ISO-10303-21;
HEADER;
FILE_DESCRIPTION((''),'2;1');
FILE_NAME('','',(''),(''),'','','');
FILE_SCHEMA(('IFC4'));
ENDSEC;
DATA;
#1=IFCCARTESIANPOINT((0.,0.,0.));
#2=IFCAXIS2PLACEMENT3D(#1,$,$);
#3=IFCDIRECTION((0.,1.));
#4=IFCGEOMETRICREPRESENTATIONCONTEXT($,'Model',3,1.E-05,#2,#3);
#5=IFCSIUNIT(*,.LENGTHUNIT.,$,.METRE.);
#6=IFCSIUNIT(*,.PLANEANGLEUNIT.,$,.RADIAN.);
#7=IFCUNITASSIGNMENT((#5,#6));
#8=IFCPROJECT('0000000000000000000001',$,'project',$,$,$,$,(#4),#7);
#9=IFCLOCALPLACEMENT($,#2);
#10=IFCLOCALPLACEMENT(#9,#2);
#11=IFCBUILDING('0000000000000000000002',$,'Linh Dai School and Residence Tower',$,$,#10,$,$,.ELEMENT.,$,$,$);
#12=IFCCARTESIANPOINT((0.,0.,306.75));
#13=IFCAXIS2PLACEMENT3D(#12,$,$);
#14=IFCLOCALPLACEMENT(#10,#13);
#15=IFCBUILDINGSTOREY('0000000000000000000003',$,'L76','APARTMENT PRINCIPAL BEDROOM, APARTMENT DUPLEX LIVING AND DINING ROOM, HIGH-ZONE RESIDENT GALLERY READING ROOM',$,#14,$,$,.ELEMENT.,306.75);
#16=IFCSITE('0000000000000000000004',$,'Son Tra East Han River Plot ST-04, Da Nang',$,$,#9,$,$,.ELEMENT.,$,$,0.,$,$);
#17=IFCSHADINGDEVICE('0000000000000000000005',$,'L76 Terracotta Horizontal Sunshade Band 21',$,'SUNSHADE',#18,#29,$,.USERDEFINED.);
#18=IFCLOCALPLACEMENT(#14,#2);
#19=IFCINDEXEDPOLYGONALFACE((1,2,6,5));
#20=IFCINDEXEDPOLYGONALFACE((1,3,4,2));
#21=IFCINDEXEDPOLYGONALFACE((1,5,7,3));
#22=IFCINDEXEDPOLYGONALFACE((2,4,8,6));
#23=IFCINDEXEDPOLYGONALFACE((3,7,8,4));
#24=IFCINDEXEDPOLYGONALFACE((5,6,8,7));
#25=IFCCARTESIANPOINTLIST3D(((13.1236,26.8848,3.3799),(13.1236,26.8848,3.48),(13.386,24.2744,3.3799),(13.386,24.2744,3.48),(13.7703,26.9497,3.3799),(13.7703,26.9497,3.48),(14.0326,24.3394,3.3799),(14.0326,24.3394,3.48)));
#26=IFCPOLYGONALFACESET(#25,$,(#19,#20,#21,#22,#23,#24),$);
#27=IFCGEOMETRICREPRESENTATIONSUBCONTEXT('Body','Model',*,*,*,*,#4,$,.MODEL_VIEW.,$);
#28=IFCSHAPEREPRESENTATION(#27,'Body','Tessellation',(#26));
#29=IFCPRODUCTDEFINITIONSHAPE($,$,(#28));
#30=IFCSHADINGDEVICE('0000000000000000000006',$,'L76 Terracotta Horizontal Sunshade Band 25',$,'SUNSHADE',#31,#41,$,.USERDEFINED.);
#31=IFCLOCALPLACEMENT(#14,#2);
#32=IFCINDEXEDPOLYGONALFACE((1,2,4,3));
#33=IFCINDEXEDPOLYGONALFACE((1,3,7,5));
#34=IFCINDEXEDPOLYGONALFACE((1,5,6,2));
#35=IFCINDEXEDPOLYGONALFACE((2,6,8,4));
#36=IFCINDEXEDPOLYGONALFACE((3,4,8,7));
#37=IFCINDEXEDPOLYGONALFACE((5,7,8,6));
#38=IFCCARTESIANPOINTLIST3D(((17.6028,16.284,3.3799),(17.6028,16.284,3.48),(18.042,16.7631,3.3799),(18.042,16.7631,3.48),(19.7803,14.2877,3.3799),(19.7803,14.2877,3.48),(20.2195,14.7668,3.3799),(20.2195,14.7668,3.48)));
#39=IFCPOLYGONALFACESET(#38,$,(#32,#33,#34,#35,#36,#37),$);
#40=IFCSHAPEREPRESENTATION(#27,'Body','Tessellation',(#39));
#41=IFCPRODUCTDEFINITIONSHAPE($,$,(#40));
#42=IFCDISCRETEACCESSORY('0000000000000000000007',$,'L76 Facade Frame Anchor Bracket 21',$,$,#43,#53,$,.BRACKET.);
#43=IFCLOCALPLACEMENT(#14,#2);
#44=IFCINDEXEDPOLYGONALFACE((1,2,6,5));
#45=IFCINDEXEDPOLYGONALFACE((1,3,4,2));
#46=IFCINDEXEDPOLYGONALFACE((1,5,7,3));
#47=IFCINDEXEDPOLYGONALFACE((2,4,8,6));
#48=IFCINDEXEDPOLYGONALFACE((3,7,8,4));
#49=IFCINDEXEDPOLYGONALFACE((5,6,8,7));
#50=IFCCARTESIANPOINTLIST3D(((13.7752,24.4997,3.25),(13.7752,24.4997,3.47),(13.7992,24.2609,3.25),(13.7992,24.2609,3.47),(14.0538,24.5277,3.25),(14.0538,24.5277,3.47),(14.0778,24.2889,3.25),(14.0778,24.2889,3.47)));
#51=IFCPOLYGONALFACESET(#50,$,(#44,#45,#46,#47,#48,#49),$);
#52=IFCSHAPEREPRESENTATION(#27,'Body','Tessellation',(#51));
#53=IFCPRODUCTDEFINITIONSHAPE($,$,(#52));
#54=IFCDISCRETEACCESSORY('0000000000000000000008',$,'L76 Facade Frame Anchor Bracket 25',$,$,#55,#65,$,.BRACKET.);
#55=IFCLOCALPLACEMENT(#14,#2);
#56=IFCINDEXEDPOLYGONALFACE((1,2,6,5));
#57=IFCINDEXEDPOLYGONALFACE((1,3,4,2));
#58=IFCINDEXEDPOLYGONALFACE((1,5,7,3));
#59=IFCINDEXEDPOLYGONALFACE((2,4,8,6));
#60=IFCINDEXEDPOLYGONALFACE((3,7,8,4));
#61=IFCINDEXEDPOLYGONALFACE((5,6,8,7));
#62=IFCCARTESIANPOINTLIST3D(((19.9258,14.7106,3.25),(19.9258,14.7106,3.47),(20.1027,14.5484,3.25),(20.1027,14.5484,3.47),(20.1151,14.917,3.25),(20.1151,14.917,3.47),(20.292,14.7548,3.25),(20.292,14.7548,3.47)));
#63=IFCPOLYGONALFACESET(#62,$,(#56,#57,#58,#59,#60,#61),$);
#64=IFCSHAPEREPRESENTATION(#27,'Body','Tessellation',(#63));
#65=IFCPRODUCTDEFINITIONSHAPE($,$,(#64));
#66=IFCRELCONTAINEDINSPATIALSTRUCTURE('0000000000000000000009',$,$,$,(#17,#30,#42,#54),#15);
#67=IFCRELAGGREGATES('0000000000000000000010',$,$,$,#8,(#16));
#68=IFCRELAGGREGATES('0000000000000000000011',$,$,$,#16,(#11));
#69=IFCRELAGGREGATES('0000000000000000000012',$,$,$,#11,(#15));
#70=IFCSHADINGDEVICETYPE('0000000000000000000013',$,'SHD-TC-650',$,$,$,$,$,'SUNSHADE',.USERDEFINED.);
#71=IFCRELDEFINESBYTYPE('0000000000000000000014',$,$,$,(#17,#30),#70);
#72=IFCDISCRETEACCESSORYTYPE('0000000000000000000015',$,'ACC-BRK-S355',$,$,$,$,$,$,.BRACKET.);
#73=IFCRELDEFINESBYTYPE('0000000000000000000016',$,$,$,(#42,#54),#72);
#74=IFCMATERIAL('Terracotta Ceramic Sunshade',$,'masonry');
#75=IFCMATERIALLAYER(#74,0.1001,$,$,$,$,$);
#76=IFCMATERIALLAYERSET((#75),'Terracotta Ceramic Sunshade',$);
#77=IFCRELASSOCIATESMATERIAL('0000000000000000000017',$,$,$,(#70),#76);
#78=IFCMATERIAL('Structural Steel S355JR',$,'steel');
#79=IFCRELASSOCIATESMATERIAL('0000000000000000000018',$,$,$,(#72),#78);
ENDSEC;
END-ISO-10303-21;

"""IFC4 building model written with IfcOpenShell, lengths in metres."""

from ifc_helpers import new_model, si_unit, direction, frame, origin, origin_2d, place, context, subcontext, project, spatial, rectangle, extrude, source, transform, mapped, material, layer, layer_set, type_object, element, save


model = new_model("IFC4")

# Units and contexts
model_context = context("Model", 3, precision=1e-05, world=origin(), true_north=direction((0.0, 1.0)))
body_context = subcontext(model_context, "Body", "Model", "MODEL_VIEW")
ifc_project = project(units=[si_unit("LENGTHUNIT", "METRE"), si_unit("PLANEANGLEUNIT", "RADIAN")], contexts=[model_context])

# Site, building, storey
site_placement = place(None, origin())
site = spatial("IfcSite", under=ifc_project, at=site_placement, Name="Son Tra East Han River Plot ST-04, Da Nang", CompositionType="ELEMENT", RefElevation=0.0)
building_placement = place(site_placement, origin())
building = spatial("IfcBuilding", under=site, at=building_placement, Name="Linh Dai School and Residence Tower", CompositionType="ELEMENT")
storey_placement = place(building_placement, frame((0.0, 0.0, 306.75)))
storey = spatial("IfcBuildingStorey", under=building, at=storey_placement, Name="L76", Description="APARTMENT PRINCIPAL BEDROOM, APARTMENT DUPLEX LIVING AND DINING ROOM, HIGH-ZONE RESIDENT GALLERY READING ROOM", CompositionType="ELEMENT", Elevation=306.75)

# Shared definitions
ifc_material_1 = material(Name="Structural Steel S355JR", Category="steel")

# Shading devices
ifc_material_2 = material(Name="Terracotta Ceramic Sunshade", Category="masonry")
ifc_layer_1 = layer(ifc_material_2, 0.1001)
ifc_layer_set_1 = layer_set([ifc_layer_1], Name="Terracotta Ceramic Sunshade")
shading_device_type = type_object("IfcShadingDeviceType", Name="SHD-TC-650", ElementType="SUNSHADE", PredefinedType="USERDEFINED", material=ifc_layer_set_1)
shared_shape_1 = source(origin(), body_context, "Body", "SweptSolid", [
    extrude(rectangle(XDim=2.6235, YDim=0.6499, at=origin_2d()), origin(), (0.0, 0.0, 1.0), 0.1001),
])
shading_device_1_placement = place(storey_placement, frame((13.5781, 25.6121, 3.3799), z_axis=(0.0, 0.0, 1.0), x_axis=(-0.100008, 0.994987, 0.0)))
element("IfcShadingDevice", 1, at=shading_device_1_placement, inside=storey, type_object=shading_device_type, Name="L76 Terracotta Horizontal Sunshade Band 21", ObjectType="SUNSHADE", PredefinedType="USERDEFINED", context=body_context, shape_type="MappedRepresentation", body=[
    mapped(shared_shape_1, transform((0.0, 0.0, 0.0), x_axis=(1.0, 0.0, 0.0), y_axis=(0.0, 1.0, 0.0), z_axis=(0.0, 0.0, 1.0), scale=1.0)),
])
shared_shape_2 = source(origin(), body_context, "Body", "SweptSolid", [
    extrude(rectangle(XDim=2.9541, YDim=0.6499, at=origin_2d()), origin(), (0.0, 0.0, 1.0), 0.1001),
])
shading_device_2_placement = place(storey_placement, frame((18.9111, 15.5254, 3.3799), z_axis=(0.0, 0.0, 1.0), x_axis=(-0.737104, 0.675779, 0.0)))
element("IfcShadingDevice", 2, at=shading_device_2_placement, inside=storey, type_object=shading_device_type, Name="L76 Terracotta Horizontal Sunshade Band 25", ObjectType="SUNSHADE", PredefinedType="USERDEFINED", context=body_context, shape_type="MappedRepresentation", body=[
    mapped(shared_shape_2, transform((0.0, 0.0, 0.0), x_axis=(1.0, 0.0, 0.0), y_axis=(0.0, 1.0, 0.0), z_axis=(0.0, 0.0, 1.0), scale=1.0)),
])

# Discrete accessories
discrete_accessory_type = type_object("IfcDiscreteAccessoryType", Name="ACC-BRK-S355", PredefinedType="BRACKET", material=ifc_material_1)
shared_shape_3 = source(origin(), body_context, "Body", "SweptSolid", [
    extrude(rectangle(XDim=0.28, YDim=0.24, at=origin_2d()), origin(), (0.0, 0.0, 1.0), 0.22),
])
for number, where, z_axis, x_axis, name in (
    (3, (13.9265, 24.3943, 3.25), (0.0, 0.0, 1.0), (-0.994987, -0.100008, 0.0), "L76 Facade Frame Anchor Bracket 21"),
    (4, (20.1089, 14.7327, 3.25), (0.0, 0.0, 1.0), (-0.675779, -0.737104, 0.0), "L76 Facade Frame Anchor Bracket 25"),
):
    element("IfcDiscreteAccessory", number, at=place(storey_placement, frame(where, z_axis=z_axis, x_axis=x_axis)), inside=storey, type_object=discrete_accessory_type, Name=name, PredefinedType="BRACKET", context=body_context, shape_type="MappedRepresentation", body=[
        mapped(shared_shape_3, transform((0.0, 0.0, 0.0), x_axis=(1.0, 0.0, 0.0), y_axis=(0.0, 1.0, 0.0), z_axis=(0.0, 0.0, 1.0), scale=1.0)),
    ])

save(model, "model.ifc")
